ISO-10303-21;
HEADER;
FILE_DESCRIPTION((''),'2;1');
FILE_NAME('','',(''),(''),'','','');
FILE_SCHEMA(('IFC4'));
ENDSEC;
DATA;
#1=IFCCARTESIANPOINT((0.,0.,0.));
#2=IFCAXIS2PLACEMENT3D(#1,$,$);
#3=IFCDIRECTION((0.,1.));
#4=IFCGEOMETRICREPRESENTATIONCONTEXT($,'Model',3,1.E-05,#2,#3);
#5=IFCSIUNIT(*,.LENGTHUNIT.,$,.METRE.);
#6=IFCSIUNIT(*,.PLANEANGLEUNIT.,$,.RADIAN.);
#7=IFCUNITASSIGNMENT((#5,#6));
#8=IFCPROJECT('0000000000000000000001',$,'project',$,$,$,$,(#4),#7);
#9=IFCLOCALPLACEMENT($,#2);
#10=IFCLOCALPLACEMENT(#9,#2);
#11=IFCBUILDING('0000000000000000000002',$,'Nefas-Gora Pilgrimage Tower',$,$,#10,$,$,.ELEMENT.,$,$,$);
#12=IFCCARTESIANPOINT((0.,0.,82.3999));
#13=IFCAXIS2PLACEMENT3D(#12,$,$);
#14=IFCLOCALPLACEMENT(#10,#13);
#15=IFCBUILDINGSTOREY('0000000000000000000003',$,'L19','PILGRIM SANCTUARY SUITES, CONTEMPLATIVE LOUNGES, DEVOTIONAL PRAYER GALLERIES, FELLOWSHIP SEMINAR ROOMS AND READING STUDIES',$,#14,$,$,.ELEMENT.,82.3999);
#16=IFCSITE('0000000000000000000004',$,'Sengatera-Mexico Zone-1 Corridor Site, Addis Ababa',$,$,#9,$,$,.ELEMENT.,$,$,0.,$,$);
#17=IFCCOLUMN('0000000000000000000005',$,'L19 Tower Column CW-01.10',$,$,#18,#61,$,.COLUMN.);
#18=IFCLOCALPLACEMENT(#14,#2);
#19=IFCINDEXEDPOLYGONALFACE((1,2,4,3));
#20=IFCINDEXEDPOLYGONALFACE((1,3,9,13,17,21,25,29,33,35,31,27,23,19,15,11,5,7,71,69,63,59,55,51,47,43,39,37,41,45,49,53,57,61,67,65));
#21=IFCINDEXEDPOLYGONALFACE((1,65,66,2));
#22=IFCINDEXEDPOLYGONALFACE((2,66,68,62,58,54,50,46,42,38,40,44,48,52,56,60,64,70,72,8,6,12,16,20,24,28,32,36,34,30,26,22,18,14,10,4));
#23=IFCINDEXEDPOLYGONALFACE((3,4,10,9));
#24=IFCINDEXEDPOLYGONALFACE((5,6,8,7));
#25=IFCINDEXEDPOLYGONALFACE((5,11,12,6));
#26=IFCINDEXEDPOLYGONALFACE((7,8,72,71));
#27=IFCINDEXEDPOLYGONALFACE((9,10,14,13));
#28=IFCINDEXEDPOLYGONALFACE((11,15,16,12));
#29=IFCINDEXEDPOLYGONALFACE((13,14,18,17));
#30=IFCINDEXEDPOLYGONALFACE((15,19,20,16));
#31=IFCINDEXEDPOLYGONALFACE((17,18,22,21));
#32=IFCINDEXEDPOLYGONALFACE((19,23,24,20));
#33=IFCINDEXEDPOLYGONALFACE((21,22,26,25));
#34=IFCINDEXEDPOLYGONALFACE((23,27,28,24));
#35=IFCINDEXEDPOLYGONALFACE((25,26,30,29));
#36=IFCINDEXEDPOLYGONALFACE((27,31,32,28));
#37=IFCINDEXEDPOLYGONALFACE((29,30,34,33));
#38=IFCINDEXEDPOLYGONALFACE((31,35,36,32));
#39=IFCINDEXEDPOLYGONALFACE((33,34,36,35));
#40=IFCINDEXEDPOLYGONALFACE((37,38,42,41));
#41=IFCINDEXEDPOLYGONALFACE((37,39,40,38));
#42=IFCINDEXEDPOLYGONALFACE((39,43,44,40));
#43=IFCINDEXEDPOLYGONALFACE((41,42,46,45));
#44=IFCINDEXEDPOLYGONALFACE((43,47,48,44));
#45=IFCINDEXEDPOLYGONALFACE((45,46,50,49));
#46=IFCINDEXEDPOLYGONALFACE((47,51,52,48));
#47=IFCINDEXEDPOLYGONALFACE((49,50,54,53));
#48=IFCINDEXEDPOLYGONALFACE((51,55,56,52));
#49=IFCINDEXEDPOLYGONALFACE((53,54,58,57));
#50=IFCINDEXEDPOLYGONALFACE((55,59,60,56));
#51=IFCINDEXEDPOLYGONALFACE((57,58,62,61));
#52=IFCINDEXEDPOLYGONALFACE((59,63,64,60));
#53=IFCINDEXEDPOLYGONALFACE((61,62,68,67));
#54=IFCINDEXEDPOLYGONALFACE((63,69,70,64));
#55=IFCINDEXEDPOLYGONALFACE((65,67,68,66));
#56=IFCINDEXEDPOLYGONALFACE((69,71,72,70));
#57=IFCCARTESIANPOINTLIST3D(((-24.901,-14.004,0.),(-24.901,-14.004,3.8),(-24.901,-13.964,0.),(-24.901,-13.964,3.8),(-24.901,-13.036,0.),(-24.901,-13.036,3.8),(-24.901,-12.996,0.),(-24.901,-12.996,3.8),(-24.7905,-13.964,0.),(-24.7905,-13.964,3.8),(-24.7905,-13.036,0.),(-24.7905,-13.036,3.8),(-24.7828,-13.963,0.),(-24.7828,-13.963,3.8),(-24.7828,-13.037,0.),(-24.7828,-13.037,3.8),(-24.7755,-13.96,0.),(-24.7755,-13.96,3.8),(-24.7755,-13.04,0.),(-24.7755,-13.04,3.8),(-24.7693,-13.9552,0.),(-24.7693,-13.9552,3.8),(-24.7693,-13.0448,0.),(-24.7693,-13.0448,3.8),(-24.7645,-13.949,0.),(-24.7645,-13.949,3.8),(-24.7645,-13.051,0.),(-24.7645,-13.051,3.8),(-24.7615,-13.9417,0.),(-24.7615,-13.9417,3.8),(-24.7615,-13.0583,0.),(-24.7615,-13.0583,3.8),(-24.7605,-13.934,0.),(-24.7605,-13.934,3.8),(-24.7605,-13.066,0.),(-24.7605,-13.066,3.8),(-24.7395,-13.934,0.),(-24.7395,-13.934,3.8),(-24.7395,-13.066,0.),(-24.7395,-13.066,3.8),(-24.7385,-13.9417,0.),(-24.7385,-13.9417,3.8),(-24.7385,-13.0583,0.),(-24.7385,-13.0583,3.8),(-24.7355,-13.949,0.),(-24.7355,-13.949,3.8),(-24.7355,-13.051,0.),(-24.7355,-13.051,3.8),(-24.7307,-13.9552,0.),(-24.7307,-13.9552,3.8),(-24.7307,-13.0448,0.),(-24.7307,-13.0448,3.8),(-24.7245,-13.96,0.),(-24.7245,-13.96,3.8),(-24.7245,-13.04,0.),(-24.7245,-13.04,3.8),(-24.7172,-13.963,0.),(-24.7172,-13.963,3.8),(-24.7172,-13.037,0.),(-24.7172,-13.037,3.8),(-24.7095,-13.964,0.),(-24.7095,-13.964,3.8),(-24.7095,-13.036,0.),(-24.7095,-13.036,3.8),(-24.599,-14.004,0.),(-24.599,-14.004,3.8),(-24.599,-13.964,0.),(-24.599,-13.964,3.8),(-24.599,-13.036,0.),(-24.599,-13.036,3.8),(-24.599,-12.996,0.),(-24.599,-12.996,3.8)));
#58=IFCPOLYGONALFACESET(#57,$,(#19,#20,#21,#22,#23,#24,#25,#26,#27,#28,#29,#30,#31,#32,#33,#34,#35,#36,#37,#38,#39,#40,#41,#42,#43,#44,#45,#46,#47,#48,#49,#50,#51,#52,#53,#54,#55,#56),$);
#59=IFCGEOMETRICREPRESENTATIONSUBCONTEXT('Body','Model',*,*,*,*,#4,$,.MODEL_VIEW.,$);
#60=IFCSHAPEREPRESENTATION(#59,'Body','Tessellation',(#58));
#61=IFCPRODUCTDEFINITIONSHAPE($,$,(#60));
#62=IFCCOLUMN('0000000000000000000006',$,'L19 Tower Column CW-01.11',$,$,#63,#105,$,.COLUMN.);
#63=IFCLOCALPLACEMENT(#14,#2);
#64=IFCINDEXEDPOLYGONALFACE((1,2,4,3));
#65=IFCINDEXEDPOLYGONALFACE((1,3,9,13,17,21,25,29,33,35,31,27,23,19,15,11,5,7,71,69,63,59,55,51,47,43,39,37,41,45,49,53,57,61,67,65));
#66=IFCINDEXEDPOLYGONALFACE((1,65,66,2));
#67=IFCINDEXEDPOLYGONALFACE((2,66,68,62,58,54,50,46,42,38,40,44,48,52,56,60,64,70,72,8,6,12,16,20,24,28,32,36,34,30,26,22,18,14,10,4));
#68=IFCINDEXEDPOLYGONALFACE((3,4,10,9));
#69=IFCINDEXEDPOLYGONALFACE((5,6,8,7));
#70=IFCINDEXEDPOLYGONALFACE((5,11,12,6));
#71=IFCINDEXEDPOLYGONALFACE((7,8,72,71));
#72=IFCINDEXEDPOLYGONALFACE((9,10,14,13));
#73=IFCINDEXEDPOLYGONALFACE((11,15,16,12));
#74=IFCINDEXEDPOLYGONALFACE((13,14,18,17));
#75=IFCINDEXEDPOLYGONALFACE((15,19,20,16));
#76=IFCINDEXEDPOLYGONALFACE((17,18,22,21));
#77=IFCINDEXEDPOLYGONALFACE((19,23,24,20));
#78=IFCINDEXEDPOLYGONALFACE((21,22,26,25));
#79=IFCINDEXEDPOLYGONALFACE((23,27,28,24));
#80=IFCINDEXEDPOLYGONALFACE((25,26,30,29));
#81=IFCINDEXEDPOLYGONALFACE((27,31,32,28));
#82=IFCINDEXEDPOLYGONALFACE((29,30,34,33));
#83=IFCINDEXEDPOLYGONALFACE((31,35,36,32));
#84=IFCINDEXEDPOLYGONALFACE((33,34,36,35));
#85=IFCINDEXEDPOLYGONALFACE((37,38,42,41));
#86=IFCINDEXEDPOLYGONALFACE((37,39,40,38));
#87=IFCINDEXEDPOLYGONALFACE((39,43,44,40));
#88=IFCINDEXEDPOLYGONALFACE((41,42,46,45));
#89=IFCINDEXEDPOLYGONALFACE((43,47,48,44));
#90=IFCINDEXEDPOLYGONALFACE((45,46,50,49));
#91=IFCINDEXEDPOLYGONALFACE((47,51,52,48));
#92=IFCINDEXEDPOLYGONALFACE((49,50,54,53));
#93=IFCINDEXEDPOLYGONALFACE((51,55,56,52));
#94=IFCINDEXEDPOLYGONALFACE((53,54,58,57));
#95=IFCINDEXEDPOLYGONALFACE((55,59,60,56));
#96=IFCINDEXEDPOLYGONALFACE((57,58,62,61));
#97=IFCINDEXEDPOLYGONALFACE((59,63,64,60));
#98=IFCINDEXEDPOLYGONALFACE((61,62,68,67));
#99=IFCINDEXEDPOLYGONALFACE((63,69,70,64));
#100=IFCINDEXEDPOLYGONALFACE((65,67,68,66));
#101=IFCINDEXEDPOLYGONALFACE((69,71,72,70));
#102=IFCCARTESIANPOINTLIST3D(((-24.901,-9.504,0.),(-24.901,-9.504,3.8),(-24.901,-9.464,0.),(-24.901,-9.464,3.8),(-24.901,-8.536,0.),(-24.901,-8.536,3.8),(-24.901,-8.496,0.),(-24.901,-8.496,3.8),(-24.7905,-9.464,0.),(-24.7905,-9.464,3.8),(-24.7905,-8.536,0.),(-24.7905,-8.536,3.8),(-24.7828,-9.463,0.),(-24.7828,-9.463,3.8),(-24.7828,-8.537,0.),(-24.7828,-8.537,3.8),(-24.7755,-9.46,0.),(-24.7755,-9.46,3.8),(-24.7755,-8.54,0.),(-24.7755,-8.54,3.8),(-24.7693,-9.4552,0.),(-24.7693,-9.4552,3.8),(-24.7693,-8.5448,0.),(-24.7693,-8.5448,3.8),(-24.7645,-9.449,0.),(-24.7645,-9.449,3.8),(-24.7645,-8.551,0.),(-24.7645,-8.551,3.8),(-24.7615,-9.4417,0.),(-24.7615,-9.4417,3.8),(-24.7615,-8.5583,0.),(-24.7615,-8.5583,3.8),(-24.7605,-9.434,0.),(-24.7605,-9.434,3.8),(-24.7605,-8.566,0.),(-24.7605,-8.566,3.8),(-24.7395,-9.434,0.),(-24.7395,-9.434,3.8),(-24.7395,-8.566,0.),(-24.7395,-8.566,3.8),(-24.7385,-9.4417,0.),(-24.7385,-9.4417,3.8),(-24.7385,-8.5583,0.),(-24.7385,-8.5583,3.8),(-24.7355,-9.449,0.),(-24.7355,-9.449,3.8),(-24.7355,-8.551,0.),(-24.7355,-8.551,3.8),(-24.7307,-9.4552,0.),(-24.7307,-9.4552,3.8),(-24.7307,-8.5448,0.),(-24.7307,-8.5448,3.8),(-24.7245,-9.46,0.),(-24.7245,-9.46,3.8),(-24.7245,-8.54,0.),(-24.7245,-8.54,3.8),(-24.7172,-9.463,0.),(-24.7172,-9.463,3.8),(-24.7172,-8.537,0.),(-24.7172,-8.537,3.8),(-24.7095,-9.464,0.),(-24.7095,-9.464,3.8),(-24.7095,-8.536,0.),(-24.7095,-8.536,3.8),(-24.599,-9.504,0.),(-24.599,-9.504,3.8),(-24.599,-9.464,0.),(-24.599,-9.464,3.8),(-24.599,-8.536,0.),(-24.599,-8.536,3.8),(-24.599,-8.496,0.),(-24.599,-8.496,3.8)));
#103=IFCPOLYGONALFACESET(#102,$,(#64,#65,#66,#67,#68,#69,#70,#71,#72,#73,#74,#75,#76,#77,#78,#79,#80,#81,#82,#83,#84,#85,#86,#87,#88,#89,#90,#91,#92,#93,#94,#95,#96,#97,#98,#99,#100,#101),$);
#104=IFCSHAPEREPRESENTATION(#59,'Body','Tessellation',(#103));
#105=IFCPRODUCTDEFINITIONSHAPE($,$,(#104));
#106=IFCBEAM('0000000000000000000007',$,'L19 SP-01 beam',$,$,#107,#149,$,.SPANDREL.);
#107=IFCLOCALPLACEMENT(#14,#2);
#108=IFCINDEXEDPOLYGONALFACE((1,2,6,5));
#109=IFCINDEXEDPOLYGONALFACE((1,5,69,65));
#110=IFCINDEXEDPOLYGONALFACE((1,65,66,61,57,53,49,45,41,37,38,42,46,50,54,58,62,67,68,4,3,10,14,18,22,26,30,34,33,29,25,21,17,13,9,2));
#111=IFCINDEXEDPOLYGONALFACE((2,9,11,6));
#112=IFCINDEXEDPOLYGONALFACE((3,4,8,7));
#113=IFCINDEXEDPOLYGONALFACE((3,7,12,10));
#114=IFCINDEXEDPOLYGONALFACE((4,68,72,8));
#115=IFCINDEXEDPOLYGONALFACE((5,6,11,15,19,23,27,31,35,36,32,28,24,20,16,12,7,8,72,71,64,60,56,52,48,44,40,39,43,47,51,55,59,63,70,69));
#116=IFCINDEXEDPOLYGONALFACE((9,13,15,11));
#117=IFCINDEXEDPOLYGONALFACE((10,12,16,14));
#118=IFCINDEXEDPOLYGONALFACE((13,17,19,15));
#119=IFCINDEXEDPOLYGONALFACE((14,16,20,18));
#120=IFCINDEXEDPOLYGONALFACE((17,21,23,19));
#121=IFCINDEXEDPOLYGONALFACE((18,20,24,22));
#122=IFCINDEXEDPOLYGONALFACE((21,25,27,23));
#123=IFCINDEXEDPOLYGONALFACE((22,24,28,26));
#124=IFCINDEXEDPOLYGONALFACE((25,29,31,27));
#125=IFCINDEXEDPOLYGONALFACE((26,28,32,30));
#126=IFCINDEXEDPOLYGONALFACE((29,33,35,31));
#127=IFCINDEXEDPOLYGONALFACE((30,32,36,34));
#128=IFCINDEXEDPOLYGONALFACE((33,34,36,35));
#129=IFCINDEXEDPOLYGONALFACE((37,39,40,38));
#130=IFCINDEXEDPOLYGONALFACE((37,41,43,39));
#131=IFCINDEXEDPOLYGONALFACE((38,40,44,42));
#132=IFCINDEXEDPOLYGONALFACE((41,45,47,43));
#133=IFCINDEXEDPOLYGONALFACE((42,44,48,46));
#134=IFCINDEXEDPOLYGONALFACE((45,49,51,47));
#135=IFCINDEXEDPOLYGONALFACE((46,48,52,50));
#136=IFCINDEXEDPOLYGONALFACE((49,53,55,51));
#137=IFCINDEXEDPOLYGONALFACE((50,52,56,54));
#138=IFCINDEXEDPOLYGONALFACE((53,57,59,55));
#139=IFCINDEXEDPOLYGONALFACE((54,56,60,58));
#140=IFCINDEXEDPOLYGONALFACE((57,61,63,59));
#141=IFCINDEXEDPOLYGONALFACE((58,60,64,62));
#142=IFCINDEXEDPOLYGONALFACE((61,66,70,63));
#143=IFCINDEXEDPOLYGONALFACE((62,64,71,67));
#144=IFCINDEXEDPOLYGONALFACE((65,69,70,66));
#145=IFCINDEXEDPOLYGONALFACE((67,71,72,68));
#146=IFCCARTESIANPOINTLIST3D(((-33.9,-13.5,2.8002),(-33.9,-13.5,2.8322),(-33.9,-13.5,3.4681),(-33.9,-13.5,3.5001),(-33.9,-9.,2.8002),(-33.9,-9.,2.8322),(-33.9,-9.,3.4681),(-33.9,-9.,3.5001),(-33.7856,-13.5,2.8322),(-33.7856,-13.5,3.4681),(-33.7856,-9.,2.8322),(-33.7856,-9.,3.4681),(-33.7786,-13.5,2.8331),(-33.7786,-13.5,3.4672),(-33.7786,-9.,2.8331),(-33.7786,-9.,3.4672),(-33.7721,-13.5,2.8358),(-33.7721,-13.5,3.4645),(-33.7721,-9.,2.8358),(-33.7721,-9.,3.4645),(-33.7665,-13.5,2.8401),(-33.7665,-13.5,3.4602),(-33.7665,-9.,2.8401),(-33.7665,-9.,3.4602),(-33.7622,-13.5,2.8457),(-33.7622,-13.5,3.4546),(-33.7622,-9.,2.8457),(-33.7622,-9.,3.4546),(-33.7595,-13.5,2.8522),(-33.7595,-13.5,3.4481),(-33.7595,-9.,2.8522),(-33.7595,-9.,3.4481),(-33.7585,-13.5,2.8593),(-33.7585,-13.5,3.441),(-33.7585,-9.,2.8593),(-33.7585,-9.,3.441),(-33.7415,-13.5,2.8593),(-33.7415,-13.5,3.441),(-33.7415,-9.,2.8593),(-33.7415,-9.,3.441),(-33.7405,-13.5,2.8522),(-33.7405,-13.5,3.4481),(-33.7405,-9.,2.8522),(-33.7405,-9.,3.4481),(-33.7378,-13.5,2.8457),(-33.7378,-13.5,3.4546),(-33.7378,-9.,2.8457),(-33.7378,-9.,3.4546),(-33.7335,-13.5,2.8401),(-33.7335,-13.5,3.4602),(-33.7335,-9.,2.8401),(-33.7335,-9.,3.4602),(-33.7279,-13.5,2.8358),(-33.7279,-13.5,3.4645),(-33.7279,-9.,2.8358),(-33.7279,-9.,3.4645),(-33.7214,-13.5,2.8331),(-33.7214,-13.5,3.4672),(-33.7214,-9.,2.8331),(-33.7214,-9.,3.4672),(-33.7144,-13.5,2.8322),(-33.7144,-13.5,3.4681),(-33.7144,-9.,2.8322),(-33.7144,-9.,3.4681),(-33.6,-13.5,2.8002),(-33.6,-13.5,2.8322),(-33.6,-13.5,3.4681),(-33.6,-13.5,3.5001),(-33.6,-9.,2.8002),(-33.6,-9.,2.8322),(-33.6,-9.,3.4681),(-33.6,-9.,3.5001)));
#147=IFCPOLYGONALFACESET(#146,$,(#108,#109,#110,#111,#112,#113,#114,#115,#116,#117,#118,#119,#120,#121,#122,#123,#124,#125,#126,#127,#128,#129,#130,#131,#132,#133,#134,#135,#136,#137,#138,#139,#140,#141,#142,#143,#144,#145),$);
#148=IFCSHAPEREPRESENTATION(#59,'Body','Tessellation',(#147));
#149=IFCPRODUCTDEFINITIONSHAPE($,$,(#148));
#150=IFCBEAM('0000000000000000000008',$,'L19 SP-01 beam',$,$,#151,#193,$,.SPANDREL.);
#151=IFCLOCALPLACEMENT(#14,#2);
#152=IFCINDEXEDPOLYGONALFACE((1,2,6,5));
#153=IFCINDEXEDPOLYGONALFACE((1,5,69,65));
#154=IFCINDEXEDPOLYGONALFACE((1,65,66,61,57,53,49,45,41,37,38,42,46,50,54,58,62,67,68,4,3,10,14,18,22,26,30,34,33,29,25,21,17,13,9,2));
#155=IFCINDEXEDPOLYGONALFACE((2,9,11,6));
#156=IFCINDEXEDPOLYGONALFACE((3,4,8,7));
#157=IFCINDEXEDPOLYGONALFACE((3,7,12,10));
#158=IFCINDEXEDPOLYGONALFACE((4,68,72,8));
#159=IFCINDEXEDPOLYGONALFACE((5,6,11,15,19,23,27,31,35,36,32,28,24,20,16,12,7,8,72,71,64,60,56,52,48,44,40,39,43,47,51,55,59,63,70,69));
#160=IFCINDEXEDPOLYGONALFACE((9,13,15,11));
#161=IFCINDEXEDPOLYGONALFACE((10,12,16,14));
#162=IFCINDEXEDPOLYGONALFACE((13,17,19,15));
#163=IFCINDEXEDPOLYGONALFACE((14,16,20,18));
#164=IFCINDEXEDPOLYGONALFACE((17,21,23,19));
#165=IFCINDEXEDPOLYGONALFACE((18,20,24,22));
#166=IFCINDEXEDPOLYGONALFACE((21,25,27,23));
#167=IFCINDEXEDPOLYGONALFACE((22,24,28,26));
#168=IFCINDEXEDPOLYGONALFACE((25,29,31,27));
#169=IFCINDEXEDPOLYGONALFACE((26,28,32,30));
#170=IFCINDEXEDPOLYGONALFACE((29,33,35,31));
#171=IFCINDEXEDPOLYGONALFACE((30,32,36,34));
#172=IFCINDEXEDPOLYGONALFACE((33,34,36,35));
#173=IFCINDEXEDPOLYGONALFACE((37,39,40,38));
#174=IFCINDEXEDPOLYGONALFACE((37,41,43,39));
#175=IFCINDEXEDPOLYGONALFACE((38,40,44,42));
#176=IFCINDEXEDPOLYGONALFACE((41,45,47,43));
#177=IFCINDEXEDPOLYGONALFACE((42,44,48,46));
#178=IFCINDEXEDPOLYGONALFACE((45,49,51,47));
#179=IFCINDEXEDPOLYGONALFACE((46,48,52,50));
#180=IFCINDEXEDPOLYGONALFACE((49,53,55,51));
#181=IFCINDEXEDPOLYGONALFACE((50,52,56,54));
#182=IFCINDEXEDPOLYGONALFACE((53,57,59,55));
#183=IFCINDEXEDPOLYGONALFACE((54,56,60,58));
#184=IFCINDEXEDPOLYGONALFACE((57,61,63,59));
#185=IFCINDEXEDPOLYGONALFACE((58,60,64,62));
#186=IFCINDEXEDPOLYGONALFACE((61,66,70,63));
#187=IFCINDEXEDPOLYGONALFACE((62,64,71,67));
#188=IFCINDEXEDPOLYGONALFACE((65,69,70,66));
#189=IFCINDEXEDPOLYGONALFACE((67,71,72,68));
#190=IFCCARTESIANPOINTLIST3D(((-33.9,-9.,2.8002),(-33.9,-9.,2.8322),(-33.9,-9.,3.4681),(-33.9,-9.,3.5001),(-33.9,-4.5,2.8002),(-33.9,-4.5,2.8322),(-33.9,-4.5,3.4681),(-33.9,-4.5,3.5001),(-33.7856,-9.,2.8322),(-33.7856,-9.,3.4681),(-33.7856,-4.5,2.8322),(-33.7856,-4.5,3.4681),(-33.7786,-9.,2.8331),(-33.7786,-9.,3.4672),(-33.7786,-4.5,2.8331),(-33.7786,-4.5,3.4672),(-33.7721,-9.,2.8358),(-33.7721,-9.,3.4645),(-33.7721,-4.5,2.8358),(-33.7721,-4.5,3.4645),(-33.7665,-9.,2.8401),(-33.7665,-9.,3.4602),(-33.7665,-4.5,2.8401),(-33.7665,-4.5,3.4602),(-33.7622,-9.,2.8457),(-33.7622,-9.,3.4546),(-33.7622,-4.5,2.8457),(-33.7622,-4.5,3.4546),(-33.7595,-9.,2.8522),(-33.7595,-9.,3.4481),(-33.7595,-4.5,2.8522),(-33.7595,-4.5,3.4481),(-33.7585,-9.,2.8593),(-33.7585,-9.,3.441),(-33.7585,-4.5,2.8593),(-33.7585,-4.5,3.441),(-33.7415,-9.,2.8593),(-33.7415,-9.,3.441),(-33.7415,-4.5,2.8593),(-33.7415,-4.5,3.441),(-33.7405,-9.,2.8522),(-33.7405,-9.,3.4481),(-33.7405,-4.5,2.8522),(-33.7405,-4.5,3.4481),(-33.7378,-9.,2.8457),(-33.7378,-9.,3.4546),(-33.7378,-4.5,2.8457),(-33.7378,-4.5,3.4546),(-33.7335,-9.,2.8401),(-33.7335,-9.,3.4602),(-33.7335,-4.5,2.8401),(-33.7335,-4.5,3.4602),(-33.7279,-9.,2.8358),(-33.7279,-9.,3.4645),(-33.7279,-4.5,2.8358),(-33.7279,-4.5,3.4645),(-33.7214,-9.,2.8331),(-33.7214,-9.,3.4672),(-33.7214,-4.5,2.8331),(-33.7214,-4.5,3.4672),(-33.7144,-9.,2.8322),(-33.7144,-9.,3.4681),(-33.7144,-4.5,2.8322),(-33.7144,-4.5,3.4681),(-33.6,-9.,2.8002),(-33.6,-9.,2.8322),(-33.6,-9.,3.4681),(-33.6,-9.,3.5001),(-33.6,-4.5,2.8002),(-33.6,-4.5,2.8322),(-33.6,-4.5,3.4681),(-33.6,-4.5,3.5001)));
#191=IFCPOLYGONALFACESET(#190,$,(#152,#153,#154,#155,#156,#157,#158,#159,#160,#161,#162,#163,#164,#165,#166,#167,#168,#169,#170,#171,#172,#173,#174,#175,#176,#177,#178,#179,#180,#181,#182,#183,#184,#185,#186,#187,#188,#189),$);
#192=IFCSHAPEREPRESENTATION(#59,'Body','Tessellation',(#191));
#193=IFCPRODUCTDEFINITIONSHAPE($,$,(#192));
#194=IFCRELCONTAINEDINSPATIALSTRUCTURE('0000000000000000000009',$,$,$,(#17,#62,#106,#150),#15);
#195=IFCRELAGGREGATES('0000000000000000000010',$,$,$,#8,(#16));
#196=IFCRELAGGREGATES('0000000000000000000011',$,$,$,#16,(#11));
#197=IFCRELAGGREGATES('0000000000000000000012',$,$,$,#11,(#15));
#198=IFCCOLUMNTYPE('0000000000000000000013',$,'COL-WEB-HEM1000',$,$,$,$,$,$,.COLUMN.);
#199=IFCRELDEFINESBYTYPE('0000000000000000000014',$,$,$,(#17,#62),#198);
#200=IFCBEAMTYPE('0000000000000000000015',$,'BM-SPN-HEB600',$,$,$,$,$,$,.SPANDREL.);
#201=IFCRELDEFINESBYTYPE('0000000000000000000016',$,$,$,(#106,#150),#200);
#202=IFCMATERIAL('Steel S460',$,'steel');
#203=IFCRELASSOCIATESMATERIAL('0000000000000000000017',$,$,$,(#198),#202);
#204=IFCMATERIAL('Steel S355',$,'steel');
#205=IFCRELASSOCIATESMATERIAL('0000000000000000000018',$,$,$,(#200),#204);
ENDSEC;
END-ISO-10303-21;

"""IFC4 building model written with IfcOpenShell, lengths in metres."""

from ifc_helpers import new_model, si_unit, direction, frame, origin, origin_2d, place, context, subcontext, project, spatial, i_section, extrude, source, transform, mapped, material, material_profile, profile_set, type_object, element, save


model = new_model("IFC4")

# Units and contexts
model_context = context("Model", 3, precision=1e-05, world=origin(), true_north=direction((0.0, 1.0)))
body_context = subcontext(model_context, "Body", "Model", "MODEL_VIEW")
ifc_project = project(units=[si_unit("LENGTHUNIT", "METRE"), si_unit("PLANEANGLEUNIT", "RADIAN")], contexts=[model_context])

# Site, building, storey
site_placement = place(None, origin())
site = spatial("IfcSite", under=ifc_project, at=site_placement, Name="Sengatera-Mexico Zone-1 Corridor Site, Addis Ababa", CompositionType="ELEMENT", RefElevation=0.0)
building_placement = place(site_placement, origin())
building = spatial("IfcBuilding", under=site, at=building_placement, Name="Nefas-Gora Pilgrimage Tower", CompositionType="ELEMENT")
storey_placement = place(building_placement, frame((0.0, 0.0, 82.3999)))
storey = spatial("IfcBuildingStorey", under=building, at=storey_placement, Name="L19", Description="PILGRIM SANCTUARY SUITES, CONTEMPLATIVE LOUNGES, DEVOTIONAL PRAYER GALLERIES, FELLOWSHIP SEMINAR ROOMS AND READING STUDIES", CompositionType="ELEMENT", Elevation=82.3999)

# Columns
ifc_material_1 = material(Name="Steel S460", Category="steel")
ifc_material_profile_1 = material_profile(ifc_material_1, i_section(OverallWidth=0.302, OverallDepth=1.0081, WebThickness=0.021, FlangeThickness=0.04, FilletRadius=0.03, at=origin_2d()), Name="HEM 1000")
ifc_profile_set_1 = profile_set([ifc_material_profile_1], Name="Steel S460")
column_type_1 = type_object("IfcColumnType", Name="COL-WEB-HEM1000", PredefinedType="COLUMN", material=ifc_profile_set_1)
shared_shape_1 = source(origin(), body_context, "Body", "SweptSolid", [
    extrude(i_section(OverallWidth=0.302, OverallDepth=1.0081, WebThickness=0.021, FlangeThickness=0.04, FilletRadius=0.03, at=origin_2d()), origin(), (0.0, 0.0, 1.0), 3.8),
])
for number, where, z_axis, x_axis, name in (
    (1, (-24.75, -13.5, 0.0), (0.0, 0.0, 1.0), (1.0, 0.0, 0.0), "L19 Tower Column CW-01.10"),
    (2, (-24.75, -9.0, 0.0), (0.0, 0.0, 1.0), (1.0, 0.0, 0.0), "L19 Tower Column CW-01.11"),
):
    element("IfcColumn", number, at=place(storey_placement, frame(where, z_axis=z_axis, x_axis=x_axis)), inside=storey, type_object=column_type_1, Name=name, PredefinedType="COLUMN", context=body_context, shape_type="MappedRepresentation", body=[
        mapped(shared_shape_1, transform((0.0, 0.0, 0.0), x_axis=(1.0, 0.0, 0.0), y_axis=(0.0, 1.0, 0.0), z_axis=(0.0, 0.0, 1.0), scale=1.0)),
    ])

# Beams
ifc_material_2 = material(Name="Steel S355", Category="steel")
ifc_material_profile_2 = material_profile(ifc_material_2, i_section(OverallWidth=0.3, OverallDepth=0.7, WebThickness=0.0171, FlangeThickness=0.032, FilletRadius=0.0271, at=origin_2d()), Name="HEB 700")
ifc_profile_set_2 = profile_set([ifc_material_profile_2], Name="Steel S355")
beam_type_1 = type_object("IfcBeamType", Name="BM-SPN-HEB600", PredefinedType="SPANDREL", material=ifc_profile_set_2)
shared_shape_2 = source(origin(), body_context, "Body", "SweptSolid", [
    extrude(i_section(OverallWidth=0.3, OverallDepth=0.7, WebThickness=0.0171, FlangeThickness=0.032, FilletRadius=0.0271, at=origin_2d()), origin(), (0.0, 0.0, 1.0), 4.5),
])
for number, where, z_axis, x_axis, name in (
    (3, (-33.75, -13.5, 3.1501), (0.0, 1.0, 0.0), (-1.0, 0.0, 0.0), "L19 SP-01 beam"),
    (4, (-33.75, -9.0, 3.1501), (0.0, 1.0, 0.0), (-1.0, 0.0, 0.0), "L19 SP-01 beam"),
):
    element("IfcBeam", number, at=place(storey_placement, frame(where, z_axis=z_axis, x_axis=x_axis)), inside=storey, type_object=beam_type_1, Name=name, PredefinedType="SPANDREL", context=body_context, shape_type="MappedRepresentation", body=[
        mapped(shared_shape_2, transform((0.0, 0.0, 0.0), x_axis=(1.0, 0.0, 0.0), y_axis=(0.0, 1.0, 0.0), z_axis=(0.0, 0.0, 1.0), scale=1.0)),
    ])

save(model, "model.ifc")
